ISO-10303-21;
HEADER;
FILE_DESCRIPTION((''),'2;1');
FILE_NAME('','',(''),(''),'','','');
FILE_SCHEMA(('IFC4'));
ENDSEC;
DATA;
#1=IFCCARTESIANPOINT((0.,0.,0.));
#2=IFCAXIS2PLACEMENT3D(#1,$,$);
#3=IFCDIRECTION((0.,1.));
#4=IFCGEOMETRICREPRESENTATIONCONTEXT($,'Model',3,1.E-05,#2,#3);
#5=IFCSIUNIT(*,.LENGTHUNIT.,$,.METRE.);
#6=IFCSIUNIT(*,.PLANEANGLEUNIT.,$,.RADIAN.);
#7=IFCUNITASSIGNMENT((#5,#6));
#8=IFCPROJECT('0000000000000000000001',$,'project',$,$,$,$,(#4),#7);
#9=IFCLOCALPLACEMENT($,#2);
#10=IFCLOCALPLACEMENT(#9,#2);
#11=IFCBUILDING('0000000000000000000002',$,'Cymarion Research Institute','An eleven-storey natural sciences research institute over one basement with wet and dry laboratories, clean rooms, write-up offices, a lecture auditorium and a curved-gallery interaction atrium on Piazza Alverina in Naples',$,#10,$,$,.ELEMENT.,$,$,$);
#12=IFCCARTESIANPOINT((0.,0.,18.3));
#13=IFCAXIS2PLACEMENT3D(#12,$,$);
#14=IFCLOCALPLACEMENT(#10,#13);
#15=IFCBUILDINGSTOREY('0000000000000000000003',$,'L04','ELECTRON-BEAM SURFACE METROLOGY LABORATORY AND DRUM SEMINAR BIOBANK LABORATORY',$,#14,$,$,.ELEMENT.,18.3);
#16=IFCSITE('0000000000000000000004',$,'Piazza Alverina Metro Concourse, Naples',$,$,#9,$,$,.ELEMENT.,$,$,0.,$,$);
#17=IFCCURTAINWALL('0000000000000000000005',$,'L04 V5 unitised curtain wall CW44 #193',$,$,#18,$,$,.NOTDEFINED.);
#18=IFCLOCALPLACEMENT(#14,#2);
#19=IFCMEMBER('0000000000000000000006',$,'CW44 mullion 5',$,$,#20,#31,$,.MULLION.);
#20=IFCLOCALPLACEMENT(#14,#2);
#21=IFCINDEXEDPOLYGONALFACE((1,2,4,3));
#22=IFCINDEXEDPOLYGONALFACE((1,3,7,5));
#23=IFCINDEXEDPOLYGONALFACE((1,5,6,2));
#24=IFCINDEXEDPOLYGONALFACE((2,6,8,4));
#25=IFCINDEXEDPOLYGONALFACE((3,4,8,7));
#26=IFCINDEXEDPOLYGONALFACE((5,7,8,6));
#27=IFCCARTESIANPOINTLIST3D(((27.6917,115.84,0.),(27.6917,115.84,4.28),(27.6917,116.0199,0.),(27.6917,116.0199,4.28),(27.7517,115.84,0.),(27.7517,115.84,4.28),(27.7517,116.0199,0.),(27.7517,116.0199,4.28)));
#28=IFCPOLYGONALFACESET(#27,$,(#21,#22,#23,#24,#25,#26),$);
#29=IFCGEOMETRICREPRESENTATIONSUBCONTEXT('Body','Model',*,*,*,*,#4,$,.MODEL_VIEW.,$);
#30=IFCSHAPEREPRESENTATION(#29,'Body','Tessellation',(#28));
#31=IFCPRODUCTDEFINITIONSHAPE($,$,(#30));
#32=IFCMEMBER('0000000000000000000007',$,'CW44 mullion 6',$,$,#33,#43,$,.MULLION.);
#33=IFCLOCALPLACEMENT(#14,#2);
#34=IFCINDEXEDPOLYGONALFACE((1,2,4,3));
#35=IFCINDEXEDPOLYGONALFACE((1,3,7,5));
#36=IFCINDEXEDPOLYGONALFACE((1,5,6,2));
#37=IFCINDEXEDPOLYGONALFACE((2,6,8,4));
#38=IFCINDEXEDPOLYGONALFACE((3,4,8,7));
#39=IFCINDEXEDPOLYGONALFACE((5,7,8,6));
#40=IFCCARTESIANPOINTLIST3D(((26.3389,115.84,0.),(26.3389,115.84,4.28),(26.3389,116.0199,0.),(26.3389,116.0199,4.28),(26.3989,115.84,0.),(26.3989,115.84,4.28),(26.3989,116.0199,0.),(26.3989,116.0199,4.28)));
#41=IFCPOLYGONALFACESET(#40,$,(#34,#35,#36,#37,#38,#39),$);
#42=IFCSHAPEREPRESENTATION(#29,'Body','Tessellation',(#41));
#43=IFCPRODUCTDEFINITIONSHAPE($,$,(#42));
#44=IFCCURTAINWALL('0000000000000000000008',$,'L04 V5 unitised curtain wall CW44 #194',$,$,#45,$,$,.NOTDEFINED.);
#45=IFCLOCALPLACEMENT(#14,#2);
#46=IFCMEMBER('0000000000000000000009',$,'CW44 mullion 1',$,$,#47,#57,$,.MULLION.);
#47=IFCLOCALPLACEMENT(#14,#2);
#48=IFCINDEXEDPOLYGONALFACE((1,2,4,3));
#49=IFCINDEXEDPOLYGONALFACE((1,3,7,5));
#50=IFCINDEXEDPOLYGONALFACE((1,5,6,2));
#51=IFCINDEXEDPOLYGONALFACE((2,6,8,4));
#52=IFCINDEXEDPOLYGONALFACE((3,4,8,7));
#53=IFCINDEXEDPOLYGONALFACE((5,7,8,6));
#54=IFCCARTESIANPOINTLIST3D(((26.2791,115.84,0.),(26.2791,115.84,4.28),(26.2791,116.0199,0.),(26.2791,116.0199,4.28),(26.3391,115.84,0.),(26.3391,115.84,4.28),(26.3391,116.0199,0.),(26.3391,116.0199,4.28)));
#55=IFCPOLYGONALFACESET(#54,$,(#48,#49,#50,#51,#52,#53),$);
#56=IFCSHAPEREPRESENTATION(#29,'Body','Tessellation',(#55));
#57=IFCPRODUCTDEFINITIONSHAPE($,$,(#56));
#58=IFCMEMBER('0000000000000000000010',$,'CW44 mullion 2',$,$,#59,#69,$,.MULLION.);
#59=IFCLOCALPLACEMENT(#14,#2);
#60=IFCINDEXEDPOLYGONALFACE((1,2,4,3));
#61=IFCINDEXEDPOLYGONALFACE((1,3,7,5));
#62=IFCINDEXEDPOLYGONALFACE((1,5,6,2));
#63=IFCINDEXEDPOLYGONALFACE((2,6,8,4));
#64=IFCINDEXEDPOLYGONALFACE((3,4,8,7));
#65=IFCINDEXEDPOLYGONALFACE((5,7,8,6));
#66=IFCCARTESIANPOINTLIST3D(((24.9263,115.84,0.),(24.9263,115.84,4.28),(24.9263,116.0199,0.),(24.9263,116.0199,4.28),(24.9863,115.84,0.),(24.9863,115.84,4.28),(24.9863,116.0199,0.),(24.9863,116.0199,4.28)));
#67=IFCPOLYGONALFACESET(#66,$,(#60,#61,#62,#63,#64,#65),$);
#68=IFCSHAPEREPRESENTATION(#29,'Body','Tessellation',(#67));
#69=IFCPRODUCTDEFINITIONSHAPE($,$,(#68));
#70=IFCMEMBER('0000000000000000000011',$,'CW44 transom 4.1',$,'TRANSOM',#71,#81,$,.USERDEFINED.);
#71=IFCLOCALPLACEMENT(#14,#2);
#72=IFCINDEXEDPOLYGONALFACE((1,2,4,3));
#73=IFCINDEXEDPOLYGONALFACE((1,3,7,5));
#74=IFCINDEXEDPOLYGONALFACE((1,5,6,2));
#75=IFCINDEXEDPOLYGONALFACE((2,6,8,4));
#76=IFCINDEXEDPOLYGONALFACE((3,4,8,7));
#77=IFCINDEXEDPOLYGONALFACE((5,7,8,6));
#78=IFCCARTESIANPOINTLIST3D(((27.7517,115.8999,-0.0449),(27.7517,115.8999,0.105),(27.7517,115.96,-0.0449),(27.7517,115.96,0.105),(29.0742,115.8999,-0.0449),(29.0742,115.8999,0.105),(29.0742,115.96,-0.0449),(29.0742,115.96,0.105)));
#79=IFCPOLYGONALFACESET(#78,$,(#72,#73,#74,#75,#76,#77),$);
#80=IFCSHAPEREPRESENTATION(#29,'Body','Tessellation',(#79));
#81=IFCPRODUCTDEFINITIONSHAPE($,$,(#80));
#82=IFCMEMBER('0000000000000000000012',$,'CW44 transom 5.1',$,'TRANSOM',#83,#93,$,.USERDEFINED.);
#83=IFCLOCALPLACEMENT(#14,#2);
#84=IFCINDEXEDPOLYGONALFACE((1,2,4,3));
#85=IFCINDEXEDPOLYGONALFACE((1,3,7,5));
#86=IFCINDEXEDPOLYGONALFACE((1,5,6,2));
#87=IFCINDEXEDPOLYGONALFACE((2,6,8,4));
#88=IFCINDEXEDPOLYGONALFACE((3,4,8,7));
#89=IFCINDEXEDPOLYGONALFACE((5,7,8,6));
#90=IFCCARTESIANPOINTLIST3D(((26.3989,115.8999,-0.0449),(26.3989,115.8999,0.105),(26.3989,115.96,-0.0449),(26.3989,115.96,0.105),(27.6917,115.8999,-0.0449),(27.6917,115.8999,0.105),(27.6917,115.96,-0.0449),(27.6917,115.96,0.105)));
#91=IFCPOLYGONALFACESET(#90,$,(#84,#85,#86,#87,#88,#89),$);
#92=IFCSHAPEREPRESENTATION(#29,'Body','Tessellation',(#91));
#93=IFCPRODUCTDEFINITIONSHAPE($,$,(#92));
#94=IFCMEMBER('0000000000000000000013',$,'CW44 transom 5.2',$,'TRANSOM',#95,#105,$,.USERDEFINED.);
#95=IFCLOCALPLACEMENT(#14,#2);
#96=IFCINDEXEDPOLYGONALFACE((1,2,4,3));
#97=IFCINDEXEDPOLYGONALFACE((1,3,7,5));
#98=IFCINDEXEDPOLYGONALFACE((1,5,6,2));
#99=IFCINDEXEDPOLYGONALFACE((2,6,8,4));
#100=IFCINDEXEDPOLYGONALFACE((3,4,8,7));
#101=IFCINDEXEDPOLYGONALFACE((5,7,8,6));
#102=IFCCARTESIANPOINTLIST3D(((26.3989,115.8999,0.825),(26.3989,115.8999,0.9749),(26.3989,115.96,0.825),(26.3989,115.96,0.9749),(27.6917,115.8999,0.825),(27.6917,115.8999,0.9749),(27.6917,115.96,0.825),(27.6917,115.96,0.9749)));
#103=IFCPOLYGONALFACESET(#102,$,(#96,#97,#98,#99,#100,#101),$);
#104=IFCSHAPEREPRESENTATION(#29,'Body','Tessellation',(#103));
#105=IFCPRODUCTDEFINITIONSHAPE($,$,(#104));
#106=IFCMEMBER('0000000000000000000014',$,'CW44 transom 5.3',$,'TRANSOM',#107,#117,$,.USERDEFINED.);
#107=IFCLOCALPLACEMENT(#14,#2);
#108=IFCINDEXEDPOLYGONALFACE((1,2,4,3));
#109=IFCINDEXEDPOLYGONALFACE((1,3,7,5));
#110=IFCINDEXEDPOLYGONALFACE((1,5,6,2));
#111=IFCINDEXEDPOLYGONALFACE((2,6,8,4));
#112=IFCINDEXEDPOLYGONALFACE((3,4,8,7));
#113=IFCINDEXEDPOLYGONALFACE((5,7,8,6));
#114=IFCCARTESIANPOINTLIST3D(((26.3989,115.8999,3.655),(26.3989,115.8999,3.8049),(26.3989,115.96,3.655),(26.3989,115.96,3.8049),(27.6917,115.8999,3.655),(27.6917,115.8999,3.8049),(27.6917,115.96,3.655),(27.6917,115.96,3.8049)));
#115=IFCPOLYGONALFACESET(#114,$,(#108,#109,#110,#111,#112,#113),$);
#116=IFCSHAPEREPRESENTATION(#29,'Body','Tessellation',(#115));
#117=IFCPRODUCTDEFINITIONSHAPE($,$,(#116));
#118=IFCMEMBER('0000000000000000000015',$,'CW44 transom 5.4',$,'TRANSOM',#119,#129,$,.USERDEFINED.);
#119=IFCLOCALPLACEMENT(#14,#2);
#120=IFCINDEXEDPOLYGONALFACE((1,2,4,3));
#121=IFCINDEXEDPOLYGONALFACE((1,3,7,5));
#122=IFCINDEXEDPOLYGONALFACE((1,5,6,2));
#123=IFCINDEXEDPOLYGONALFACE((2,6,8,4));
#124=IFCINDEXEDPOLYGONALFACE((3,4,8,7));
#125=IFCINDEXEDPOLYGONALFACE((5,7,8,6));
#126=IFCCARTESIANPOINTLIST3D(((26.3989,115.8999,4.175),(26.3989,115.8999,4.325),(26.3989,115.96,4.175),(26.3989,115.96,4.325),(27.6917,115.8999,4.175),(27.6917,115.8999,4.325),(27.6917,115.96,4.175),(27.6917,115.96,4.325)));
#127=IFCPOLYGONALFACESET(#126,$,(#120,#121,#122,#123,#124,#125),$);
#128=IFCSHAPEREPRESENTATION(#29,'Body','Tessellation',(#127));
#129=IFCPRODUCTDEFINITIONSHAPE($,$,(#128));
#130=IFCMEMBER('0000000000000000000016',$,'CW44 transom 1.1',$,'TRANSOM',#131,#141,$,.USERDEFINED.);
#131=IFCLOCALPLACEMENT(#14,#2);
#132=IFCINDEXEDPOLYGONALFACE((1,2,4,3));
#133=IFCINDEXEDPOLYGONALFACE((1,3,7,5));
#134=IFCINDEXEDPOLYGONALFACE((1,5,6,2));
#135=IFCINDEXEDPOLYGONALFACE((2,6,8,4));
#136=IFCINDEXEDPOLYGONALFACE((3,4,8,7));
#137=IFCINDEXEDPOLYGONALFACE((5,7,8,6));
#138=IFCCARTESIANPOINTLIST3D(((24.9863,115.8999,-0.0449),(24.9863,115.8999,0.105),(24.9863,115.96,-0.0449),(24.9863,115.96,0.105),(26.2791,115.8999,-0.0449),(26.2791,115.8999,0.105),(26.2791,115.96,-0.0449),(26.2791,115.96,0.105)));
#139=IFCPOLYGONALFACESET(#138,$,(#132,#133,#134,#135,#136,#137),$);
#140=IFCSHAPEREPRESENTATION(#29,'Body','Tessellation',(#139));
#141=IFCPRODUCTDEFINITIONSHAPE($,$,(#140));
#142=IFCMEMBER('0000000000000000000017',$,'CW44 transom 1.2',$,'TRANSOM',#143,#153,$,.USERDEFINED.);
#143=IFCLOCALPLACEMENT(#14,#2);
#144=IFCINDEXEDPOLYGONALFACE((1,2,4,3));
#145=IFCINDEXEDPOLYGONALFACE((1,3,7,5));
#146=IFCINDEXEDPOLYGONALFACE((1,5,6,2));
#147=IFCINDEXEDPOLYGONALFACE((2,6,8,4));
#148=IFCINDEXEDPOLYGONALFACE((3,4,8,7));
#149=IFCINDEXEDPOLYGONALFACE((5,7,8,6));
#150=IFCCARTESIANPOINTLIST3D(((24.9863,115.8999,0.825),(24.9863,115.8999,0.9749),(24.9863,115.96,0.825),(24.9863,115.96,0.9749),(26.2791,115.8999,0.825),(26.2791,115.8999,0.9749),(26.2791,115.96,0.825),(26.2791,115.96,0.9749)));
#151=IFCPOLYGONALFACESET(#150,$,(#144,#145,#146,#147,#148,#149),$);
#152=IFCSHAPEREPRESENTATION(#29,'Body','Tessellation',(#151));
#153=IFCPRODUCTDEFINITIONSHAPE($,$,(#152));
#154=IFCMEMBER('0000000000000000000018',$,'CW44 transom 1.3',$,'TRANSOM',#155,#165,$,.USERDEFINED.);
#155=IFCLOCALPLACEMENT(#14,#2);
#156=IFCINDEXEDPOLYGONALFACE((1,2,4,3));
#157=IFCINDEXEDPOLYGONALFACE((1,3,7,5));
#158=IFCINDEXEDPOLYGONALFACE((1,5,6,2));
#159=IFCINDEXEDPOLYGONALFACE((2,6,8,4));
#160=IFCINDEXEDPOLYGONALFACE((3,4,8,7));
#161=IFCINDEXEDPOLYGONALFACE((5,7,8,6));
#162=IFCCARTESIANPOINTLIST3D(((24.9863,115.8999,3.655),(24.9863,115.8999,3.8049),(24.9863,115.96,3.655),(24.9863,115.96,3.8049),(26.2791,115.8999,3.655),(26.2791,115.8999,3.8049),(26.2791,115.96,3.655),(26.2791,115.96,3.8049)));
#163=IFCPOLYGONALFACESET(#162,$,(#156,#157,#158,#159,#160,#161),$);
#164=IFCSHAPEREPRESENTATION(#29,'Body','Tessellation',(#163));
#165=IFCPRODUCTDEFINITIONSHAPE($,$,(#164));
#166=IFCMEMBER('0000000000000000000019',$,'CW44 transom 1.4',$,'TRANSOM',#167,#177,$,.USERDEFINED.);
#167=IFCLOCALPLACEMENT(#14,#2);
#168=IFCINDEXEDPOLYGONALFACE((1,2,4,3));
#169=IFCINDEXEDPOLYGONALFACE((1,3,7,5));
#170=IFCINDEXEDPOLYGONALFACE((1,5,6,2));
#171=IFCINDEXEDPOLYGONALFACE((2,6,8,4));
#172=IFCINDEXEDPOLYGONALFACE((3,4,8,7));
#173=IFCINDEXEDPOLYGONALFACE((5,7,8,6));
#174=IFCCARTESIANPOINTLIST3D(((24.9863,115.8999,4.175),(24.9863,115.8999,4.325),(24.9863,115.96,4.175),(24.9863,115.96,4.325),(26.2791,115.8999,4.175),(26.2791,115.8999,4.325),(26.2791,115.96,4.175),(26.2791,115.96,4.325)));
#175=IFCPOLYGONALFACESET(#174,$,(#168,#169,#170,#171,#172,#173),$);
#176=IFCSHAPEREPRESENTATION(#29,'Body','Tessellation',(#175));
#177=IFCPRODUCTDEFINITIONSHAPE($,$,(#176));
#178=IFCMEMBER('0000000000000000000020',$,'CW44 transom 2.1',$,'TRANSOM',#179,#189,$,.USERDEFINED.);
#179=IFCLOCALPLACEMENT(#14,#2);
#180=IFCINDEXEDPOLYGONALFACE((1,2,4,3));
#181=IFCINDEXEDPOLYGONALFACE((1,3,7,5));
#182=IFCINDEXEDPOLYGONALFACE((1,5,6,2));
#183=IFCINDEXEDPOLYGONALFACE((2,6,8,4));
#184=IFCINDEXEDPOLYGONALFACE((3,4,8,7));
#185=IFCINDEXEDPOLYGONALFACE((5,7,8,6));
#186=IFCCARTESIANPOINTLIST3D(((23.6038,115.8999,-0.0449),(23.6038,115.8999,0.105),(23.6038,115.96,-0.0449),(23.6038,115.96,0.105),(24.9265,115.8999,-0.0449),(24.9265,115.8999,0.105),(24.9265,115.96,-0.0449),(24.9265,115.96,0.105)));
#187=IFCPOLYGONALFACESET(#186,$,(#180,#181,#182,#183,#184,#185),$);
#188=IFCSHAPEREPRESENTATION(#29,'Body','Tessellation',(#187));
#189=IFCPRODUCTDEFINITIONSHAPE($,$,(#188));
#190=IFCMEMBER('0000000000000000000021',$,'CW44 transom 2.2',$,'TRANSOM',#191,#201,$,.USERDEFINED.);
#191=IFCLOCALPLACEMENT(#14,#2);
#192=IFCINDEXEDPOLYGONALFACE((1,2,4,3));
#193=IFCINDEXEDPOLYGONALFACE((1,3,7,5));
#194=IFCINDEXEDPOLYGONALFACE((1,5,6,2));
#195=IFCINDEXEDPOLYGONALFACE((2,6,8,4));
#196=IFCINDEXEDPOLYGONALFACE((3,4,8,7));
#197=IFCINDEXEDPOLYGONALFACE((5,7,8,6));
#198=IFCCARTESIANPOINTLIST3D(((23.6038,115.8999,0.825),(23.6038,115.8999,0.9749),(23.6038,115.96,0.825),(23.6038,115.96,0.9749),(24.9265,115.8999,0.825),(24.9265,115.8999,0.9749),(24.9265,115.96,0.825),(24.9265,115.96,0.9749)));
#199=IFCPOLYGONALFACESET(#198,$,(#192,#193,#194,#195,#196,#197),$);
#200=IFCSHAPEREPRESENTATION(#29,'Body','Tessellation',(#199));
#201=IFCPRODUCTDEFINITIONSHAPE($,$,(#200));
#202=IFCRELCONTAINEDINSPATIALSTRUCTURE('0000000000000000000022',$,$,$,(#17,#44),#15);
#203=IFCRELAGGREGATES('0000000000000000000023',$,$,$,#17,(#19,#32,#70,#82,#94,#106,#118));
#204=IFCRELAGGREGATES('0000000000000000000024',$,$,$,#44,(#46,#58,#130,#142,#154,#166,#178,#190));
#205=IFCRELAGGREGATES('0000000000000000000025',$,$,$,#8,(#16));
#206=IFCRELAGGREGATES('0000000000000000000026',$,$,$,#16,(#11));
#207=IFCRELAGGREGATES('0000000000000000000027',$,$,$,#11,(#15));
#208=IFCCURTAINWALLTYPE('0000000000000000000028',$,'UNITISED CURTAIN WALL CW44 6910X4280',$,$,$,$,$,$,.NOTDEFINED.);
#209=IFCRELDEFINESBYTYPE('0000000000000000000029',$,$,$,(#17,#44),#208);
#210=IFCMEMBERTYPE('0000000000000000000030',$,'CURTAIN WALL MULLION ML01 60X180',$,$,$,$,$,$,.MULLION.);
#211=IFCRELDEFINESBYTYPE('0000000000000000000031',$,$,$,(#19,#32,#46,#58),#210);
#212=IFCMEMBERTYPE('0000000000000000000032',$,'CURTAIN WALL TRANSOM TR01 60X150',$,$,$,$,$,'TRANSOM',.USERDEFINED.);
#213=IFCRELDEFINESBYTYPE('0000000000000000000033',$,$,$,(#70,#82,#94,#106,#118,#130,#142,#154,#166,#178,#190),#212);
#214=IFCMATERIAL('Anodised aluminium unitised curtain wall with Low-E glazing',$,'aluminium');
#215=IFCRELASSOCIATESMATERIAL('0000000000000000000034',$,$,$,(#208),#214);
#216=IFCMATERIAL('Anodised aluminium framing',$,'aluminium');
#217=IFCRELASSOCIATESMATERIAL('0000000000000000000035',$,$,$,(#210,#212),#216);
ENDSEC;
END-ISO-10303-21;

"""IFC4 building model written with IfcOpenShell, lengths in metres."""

from ifc_helpers import new_model, si_unit, direction, frame, origin, origin_2d, place, context, subcontext, project, spatial, rectangle, extrude, material, material_profile, profile_set, type_object, element, aggregate, save


model = new_model("IFC4")

# Units and contexts
model_context = context("Model", 3, precision=1e-05, world=origin(), true_north=direction((0.0, 1.0)))
body_context = subcontext(model_context, "Body", "Model", "MODEL_VIEW")
ifc_project = project(units=[si_unit("LENGTHUNIT", "METRE"), si_unit("PLANEANGLEUNIT", "RADIAN")], contexts=[model_context])

# Site, building, storey
site_placement = place(None, origin())
site = spatial("IfcSite", under=ifc_project, at=site_placement, Name="Piazza Alverina Metro Concourse, Naples", CompositionType="ELEMENT", RefElevation=0.0)
building_placement = place(site_placement, origin())
building = spatial("IfcBuilding", under=site, at=building_placement, Name="Cymarion Research Institute", Description="An eleven-storey natural sciences research institute over one basement with wet and dry laboratories, clean rooms, write-up offices, a lecture auditorium and a curved-gallery interaction atrium on Piazza Alverina in Naples", CompositionType="ELEMENT")
storey_placement = place(building_placement, frame((0.0, 0.0, 18.3)))
storey = spatial("IfcBuildingStorey", under=building, at=storey_placement, Name="L04", Description="ELECTRON-BEAM SURFACE METROLOGY LABORATORY AND DRUM SEMINAR BIOBANK LABORATORY", CompositionType="ELEMENT", Elevation=18.3)

# Curtain walls, members
ifc_material_1 = material(Name="Anodised aluminium unitised curtain wall with Low-E glazing", Category="aluminium")
curtain_wall_type = type_object("IfcCurtainWallType", Name="UNITISED CURTAIN WALL CW44 6910X4280", PredefinedType="NOTDEFINED", material=ifc_material_1)
curtain_wall_1_placement = place(storey_placement, origin())
curtain_wall_1 = element("IfcCurtainWall", 1, at=curtain_wall_1_placement, inside=storey, type_object=curtain_wall_type, Name="L04 V5 unitised curtain wall CW44 #193", PredefinedType="NOTDEFINED")
ifc_material_2 = material(Name="Anodised aluminium framing", Category="aluminium")
ifc_material_profile_1 = material_profile(ifc_material_2, rectangle(XDim=0.0601, YDim=0.1799, at=origin_2d()), Name="ALU MULLION 60x180")
ifc_profile_set_1 = profile_set([ifc_material_profile_1], Name="Anodised aluminium framing")
member_type_1 = type_object("IfcMemberType", Name="CURTAIN WALL MULLION ML01 60X180", PredefinedType="MULLION", material=ifc_profile_set_1)
member_1_placement = place(storey_placement, frame((27.7217, 115.9299, 0.0), z_axis=(0.0, 0.0, 1.0), x_axis=(-1.0, 0.0, 0.0)))
member_1 = element("IfcMember", 2, at=member_1_placement, type_object=member_type_1, Name="CW44 mullion 5", PredefinedType="MULLION", context=body_context, shape_type="SweptSolid", body=[
    extrude(rectangle(XDim=0.0601, YDim=0.1799, at=origin_2d()), origin(), (0.0, 0.0, 1.0), 4.28),
])
member_2_placement = place(storey_placement, frame((26.3689, 115.9299, 0.0), z_axis=(0.0, 0.0, 1.0), x_axis=(-1.0, 0.0, 0.0)))
member_2 = element("IfcMember", 3, at=member_2_placement, type_object=member_type_1, Name="CW44 mullion 6", PredefinedType="MULLION", context=body_context, shape_type="SweptSolid", body=[
    extrude(rectangle(XDim=0.0601, YDim=0.1799, at=origin_2d()), origin(), (0.0, 0.0, 1.0), 4.28),
])
curtain_wall_2_placement = place(storey_placement, origin())
curtain_wall_2 = element("IfcCurtainWall", 4, at=curtain_wall_2_placement, inside=storey, type_object=curtain_wall_type, Name="L04 V5 unitised curtain wall CW44 #194", PredefinedType="NOTDEFINED")
member_3_placement = place(storey_placement, frame((26.3091, 115.9299, 0.0), z_axis=(0.0, 0.0, 1.0), x_axis=(-1.0, 0.0, 0.0)))
member_3 = element("IfcMember", 5, at=member_3_placement, type_object=member_type_1, Name="CW44 mullion 1", PredefinedType="MULLION", context=body_context, shape_type="SweptSolid", body=[
    extrude(rectangle(XDim=0.0601, YDim=0.1799, at=origin_2d()), origin(), (0.0, 0.0, 1.0), 4.28),
])
member_4_placement = place(storey_placement, frame((24.9563, 115.9299, 0.0), z_axis=(0.0, 0.0, 1.0), x_axis=(-1.0, 0.0, 0.0)))
member_4 = element("IfcMember", 6, at=member_4_placement, type_object=member_type_1, Name="CW44 mullion 2", PredefinedType="MULLION", context=body_context, shape_type="SweptSolid", body=[
    extrude(rectangle(XDim=0.0601, YDim=0.1799, at=origin_2d()), origin(), (0.0, 0.0, 1.0), 4.28),
])

# Members
ifc_material_profile_2 = material_profile(ifc_material_2, rectangle(XDim=0.0601, YDim=0.1499, at=origin_2d()), Name="ALU TRANSOM 60x150")
ifc_profile_set_2 = profile_set([ifc_material_profile_2], Name="Anodised aluminium framing")
member_type_2 = type_object("IfcMemberType", Name="CURTAIN WALL TRANSOM TR01 60X150", ElementType="TRANSOM", PredefinedType="USERDEFINED", material=ifc_profile_set_2)
member_5_placement = place(storey_placement, frame((29.0742, 115.9299, 0.03), z_axis=(-1.0, 0.0, 0.0), x_axis=(0.0, -1.0, 0.0)))
member_5 = element("IfcMember", 7, at=member_5_placement, type_object=member_type_2, Name="CW44 transom 4.1", ObjectType="TRANSOM", PredefinedType="USERDEFINED", context=body_context, shape_type="SweptSolid", body=[
    extrude(rectangle(XDim=0.0601, YDim=0.1499, at=origin_2d()), origin(), (0.0, 0.0, 1.0), 1.3225),
])
member_6_placement = place(storey_placement, frame((27.6917, 115.9299, 0.03), z_axis=(-1.0, 0.0, 0.0), x_axis=(0.0, -1.0, 0.0)))
member_6 = element("IfcMember", 8, at=member_6_placement, type_object=member_type_2, Name="CW44 transom 5.1", ObjectType="TRANSOM", PredefinedType="USERDEFINED", context=body_context, shape_type="SweptSolid", body=[
    extrude(rectangle(XDim=0.0601, YDim=0.1499, at=origin_2d()), origin(), (0.0, 0.0, 1.0), 1.2927),
])
member_7_placement = place(storey_placement, frame((27.6917, 115.9299, 0.8999), z_axis=(-1.0, 0.0, 0.0), x_axis=(0.0, -1.0, 0.0)))
member_7 = element("IfcMember", 9, at=member_7_placement, type_object=member_type_2, Name="CW44 transom 5.2", ObjectType="TRANSOM", PredefinedType="USERDEFINED", context=body_context, shape_type="SweptSolid", body=[
    extrude(rectangle(XDim=0.0601, YDim=0.1499, at=origin_2d()), origin(), (0.0, 0.0, 1.0), 1.2927),
])
member_8_placement = place(storey_placement, frame((27.6917, 115.9299, 3.73), z_axis=(-1.0, 0.0, 0.0), x_axis=(0.0, -1.0, 0.0)))
member_8 = element("IfcMember", 10, at=member_8_placement, type_object=member_type_2, Name="CW44 transom 5.3", ObjectType="TRANSOM", PredefinedType="USERDEFINED", context=body_context, shape_type="SweptSolid", body=[
    extrude(rectangle(XDim=0.0601, YDim=0.1499, at=origin_2d()), origin(), (0.0, 0.0, 1.0), 1.2927),
])
member_9_placement = place(storey_placement, frame((27.6917, 115.9299, 4.25), z_axis=(-1.0, 0.0, 0.0), x_axis=(0.0, -1.0, 0.0)))
member_9 = element("IfcMember", 11, at=member_9_placement, type_object=member_type_2, Name="CW44 transom 5.4", ObjectType="TRANSOM", PredefinedType="USERDEFINED", context=body_context, shape_type="SweptSolid", body=[
    extrude(rectangle(XDim=0.0601, YDim=0.1499, at=origin_2d()), origin(), (0.0, 0.0, 1.0), 1.2927),
])
member_10_placement = place(storey_placement, frame((26.2791, 115.9299, 0.03), z_axis=(-1.0, 0.0, 0.0), x_axis=(0.0, -1.0, 0.0)))
member_10 = element("IfcMember", 12, at=member_10_placement, type_object=member_type_2, Name="CW44 transom 1.1", ObjectType="TRANSOM", PredefinedType="USERDEFINED", context=body_context, shape_type="SweptSolid", body=[
    extrude(rectangle(XDim=0.0601, YDim=0.1499, at=origin_2d()), origin(), (0.0, 0.0, 1.0), 1.2927),
])
member_11_placement = place(storey_placement, frame((26.2791, 115.9299, 0.8999), z_axis=(-1.0, 0.0, 0.0), x_axis=(0.0, -1.0, 0.0)))
member_11 = element("IfcMember", 13, at=member_11_placement, type_object=member_type_2, Name="CW44 transom 1.2", ObjectType="TRANSOM", PredefinedType="USERDEFINED", context=body_context, shape_type="SweptSolid", body=[
    extrude(rectangle(XDim=0.0601, YDim=0.1499, at=origin_2d()), origin(), (0.0, 0.0, 1.0), 1.2927),
])
member_12_placement = place(storey_placement, frame((26.2791, 115.9299, 3.73), z_axis=(-1.0, 0.0, 0.0), x_axis=(0.0, -1.0, 0.0)))
member_12 = element("IfcMember", 14, at=member_12_placement, type_object=member_type_2, Name="CW44 transom 1.3", ObjectType="TRANSOM", PredefinedType="USERDEFINED", context=body_context, shape_type="SweptSolid", body=[
    extrude(rectangle(XDim=0.0601, YDim=0.1499, at=origin_2d()), origin(), (0.0, 0.0, 1.0), 1.2927),
])
member_13_placement = place(storey_placement, frame((26.2791, 115.9299, 4.25), z_axis=(-1.0, 0.0, 0.0), x_axis=(0.0, -1.0, 0.0)))
member_13 = element("IfcMember", 15, at=member_13_placement, type_object=member_type_2, Name="CW44 transom 1.4", ObjectType="TRANSOM", PredefinedType="USERDEFINED", context=body_context, shape_type="SweptSolid", body=[
    extrude(rectangle(XDim=0.0601, YDim=0.1499, at=origin_2d()), origin(), (0.0, 0.0, 1.0), 1.2927),
])
member_14_placement = place(storey_placement, frame((24.9265, 115.9299, 0.03), z_axis=(-1.0, 0.0, 0.0), x_axis=(0.0, -1.0, 0.0)))
member_14 = element("IfcMember", 16, at=member_14_placement, type_object=member_type_2, Name="CW44 transom 2.1", ObjectType="TRANSOM", PredefinedType="USERDEFINED", context=body_context, shape_type="SweptSolid", body=[
    extrude(rectangle(XDim=0.0601, YDim=0.1499, at=origin_2d()), origin(), (0.0, 0.0, 1.0), 1.3228),
])
member_15_placement = place(storey_placement, frame((24.9265, 115.9299, 0.8999), z_axis=(-1.0, 0.0, 0.0), x_axis=(0.0, -1.0, 0.0)))
member_15 = element("IfcMember", 17, at=member_15_placement, type_object=member_type_2, Name="CW44 transom 2.2", ObjectType="TRANSOM", PredefinedType="USERDEFINED", context=body_context, shape_type="SweptSolid", body=[
    extrude(rectangle(XDim=0.0601, YDim=0.1499, at=origin_2d()), origin(), (0.0, 0.0, 1.0), 1.3228),
])

aggregate(curtain_wall_1, [member_1, member_2, member_5, member_6, member_7, member_8, member_9])
aggregate(curtain_wall_2, [member_3, member_4, member_10, member_11, member_12, member_13, member_14, member_15])

save(model, "model.ifc")
